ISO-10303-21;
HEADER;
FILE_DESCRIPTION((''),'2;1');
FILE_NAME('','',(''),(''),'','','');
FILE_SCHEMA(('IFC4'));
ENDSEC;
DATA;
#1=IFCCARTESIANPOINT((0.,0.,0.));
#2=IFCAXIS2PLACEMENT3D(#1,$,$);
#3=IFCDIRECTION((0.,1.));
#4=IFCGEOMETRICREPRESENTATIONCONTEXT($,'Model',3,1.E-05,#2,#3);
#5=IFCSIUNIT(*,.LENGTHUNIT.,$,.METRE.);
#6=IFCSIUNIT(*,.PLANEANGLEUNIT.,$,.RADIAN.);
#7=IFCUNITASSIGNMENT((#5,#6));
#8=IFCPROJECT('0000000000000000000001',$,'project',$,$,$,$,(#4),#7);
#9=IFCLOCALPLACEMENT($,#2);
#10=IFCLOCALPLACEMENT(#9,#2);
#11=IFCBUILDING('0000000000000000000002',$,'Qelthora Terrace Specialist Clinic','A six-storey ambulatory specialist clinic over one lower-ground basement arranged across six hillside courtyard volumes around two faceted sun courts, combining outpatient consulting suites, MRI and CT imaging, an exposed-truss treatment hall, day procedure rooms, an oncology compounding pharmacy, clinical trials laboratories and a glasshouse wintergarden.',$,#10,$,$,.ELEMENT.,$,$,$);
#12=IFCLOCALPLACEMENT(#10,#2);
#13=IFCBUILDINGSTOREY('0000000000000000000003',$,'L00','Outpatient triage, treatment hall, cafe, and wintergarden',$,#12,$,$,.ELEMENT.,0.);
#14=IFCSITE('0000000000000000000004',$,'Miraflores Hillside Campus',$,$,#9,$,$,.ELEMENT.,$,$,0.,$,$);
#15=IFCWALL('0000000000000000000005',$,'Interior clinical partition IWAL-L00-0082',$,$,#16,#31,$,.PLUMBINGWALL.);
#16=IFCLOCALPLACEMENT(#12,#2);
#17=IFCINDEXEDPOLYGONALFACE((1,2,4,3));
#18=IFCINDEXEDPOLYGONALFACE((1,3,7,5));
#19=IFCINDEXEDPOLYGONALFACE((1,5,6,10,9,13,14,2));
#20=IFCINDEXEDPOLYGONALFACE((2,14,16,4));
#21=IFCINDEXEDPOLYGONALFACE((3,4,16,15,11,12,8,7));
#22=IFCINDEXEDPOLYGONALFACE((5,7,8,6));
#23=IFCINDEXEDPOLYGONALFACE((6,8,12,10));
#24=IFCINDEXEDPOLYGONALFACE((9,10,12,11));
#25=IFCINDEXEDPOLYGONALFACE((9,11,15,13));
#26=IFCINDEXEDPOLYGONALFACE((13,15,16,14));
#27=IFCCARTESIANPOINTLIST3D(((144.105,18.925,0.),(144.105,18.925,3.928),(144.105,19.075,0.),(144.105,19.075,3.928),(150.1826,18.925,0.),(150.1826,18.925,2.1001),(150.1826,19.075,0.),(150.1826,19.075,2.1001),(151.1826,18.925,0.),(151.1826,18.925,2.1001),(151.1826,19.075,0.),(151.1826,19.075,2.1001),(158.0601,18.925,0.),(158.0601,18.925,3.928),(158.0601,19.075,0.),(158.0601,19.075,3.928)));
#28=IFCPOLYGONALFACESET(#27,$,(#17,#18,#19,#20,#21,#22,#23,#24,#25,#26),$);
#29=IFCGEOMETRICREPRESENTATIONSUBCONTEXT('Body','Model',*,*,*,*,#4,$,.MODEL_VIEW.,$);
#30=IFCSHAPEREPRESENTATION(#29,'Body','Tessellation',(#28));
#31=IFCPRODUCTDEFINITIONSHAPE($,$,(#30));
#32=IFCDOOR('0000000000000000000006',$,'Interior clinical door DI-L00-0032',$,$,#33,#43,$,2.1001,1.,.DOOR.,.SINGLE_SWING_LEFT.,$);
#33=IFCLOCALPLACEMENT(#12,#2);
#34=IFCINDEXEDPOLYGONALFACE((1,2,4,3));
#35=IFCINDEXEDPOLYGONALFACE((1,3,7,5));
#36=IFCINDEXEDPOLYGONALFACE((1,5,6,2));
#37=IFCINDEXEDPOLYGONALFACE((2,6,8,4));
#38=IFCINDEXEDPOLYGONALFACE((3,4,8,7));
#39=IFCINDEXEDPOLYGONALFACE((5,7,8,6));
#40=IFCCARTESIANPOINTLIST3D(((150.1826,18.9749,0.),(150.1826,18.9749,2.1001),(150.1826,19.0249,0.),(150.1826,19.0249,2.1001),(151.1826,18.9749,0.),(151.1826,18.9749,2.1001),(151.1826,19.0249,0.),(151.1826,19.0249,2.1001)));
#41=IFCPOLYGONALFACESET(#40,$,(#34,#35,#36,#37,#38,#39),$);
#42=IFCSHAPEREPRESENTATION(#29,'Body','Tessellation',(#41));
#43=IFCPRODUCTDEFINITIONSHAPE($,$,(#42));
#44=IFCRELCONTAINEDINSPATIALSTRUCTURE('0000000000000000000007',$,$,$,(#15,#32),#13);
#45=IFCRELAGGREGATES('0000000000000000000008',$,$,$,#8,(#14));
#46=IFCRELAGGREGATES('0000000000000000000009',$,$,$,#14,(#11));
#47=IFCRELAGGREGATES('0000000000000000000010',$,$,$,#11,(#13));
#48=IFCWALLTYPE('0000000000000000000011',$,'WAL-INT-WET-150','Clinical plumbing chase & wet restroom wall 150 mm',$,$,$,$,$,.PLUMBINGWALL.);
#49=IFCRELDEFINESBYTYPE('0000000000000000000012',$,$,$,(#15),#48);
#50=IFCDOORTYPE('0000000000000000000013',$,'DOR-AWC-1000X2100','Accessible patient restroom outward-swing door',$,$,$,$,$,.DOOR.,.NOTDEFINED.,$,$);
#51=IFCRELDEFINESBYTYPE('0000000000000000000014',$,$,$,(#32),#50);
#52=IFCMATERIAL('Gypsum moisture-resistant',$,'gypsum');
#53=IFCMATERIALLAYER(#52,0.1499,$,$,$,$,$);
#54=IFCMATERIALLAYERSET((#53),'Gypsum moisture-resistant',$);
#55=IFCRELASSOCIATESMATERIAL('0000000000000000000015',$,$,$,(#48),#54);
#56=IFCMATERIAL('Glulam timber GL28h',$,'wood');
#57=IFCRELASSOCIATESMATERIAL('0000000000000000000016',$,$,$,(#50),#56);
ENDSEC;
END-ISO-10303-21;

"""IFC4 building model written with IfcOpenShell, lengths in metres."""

from ifc_helpers import new_model, si_unit, direction, frame, frame_2d, origin, place, context, subcontext, project, spatial, rectangle, extrude, material, layer, layer_set, type_object, element, fill, save


model = new_model("IFC4")

# Units and contexts
model_context = context("Model", 3, precision=1e-05, world=origin(), true_north=direction((0.0, 1.0)))
body_context = subcontext(model_context, "Body", "Model", "MODEL_VIEW")
ifc_project = project(units=[si_unit("LENGTHUNIT", "METRE"), si_unit("PLANEANGLEUNIT", "RADIAN")], contexts=[model_context])

# Site, building, storey
site_placement = place(None, origin())
site = spatial("IfcSite", under=ifc_project, at=site_placement, Name="Miraflores Hillside Campus", CompositionType="ELEMENT", RefElevation=0.0)
building_placement = place(site_placement, origin())
building = spatial("IfcBuilding", under=site, at=building_placement, Name="Qelthora Terrace Specialist Clinic", Description="A six-storey ambulatory specialist clinic over one lower-ground basement arranged across six hillside courtyard volumes around two faceted sun courts, combining outpatient consulting suites, MRI and CT imaging, an exposed-truss treatment hall, day procedure rooms, an oncology compounding pharmacy, clinical trials laboratories and a glasshouse wintergarden.", CompositionType="ELEMENT")
storey_placement = place(building_placement, origin())
storey = spatial("IfcBuildingStorey", under=building, at=storey_placement, Name="L00", Description="Outpatient triage, treatment hall, cafe, and wintergarden", CompositionType="ELEMENT", Elevation=0.0)

# Wall, opening, door
ifc_material_1 = material(Name="Gypsum moisture-resistant", Category="gypsum")
ifc_layer_1 = layer(ifc_material_1, 0.1499)
ifc_layer_set_1 = layer_set([ifc_layer_1], Name="Gypsum moisture-resistant")
wall_type = type_object("IfcWallType", Name="WAL-INT-WET-150", Description="Clinical plumbing chase & wet restroom wall 150 mm", PredefinedType="PLUMBINGWALL", material=ifc_layer_set_1)
wall_placement = place(storey_placement, frame((158.0601, 19.0, 0.0), z_axis=(0.0, 0.0, 1.0), x_axis=(-1.0, 0.0, 0.0)))
wall = element("IfcWall", 1, at=wall_placement, inside=storey, type_object=wall_type, Name="Interior clinical partition IWAL-L00-0082", PredefinedType="PLUMBINGWALL", context=body_context, shape_type="SweptSolid", body=[
    extrude(rectangle(XDim=13.9551, YDim=0.1499, at=frame_2d((6.9775, 0.0))), origin(), (0.0, 0.0, 1.0), 3.928),
])
opening_placement = place(wall_placement, frame((6.8774, 0.0, 0.0)))
opening = element("IfcOpeningElement", 2, at=opening_placement, cuts=wall, PredefinedType="OPENING", context=body_context, shape_type="SweptSolid", body=[
    extrude(rectangle(XDim=1.0, YDim=2.1001, at=frame_2d((0.5, 1.05))), frame((0.0, 0.085, 0.0), z_axis=(0.0, -1.0, 0.0), x_axis=(1.0, 0.0, 0.0)), (0.0, 0.0, 1.0), 0.1699),
])
ifc_material_2 = material(Name="Glulam timber GL28h", Category="wood")
door_type = type_object("IfcDoorType", Name="DOR-AWC-1000X2100", Description="Accessible patient restroom outward-swing door", OperationType="NOTDEFINED", PredefinedType="DOOR", material=ifc_material_2)
door_placement = place(opening_placement, frame((1.0, 0.0, 0.0), z_axis=(0.0, 0.0, 1.0), x_axis=(-1.0, 0.0, 0.0)))
door = element("IfcDoor", 3, at=door_placement, inside=storey, type_object=door_type, Name="Interior clinical door DI-L00-0032", OperationType="SINGLE_SWING_LEFT", OverallHeight=2.1001, OverallWidth=1.0, PredefinedType="DOOR", context=body_context, shape_type="SweptSolid", body=[
    extrude(rectangle(XDim=1.0, YDim=2.1001, at=frame_2d((0.5, 1.05))), frame((0.0, 0.0249, 0.0), z_axis=(0.0, -1.0, 0.0), x_axis=(1.0, 0.0, 0.0)), (0.0, 0.0, 1.0), 0.05),
])
fill(opening, door)

save(model, "model.ifc")
